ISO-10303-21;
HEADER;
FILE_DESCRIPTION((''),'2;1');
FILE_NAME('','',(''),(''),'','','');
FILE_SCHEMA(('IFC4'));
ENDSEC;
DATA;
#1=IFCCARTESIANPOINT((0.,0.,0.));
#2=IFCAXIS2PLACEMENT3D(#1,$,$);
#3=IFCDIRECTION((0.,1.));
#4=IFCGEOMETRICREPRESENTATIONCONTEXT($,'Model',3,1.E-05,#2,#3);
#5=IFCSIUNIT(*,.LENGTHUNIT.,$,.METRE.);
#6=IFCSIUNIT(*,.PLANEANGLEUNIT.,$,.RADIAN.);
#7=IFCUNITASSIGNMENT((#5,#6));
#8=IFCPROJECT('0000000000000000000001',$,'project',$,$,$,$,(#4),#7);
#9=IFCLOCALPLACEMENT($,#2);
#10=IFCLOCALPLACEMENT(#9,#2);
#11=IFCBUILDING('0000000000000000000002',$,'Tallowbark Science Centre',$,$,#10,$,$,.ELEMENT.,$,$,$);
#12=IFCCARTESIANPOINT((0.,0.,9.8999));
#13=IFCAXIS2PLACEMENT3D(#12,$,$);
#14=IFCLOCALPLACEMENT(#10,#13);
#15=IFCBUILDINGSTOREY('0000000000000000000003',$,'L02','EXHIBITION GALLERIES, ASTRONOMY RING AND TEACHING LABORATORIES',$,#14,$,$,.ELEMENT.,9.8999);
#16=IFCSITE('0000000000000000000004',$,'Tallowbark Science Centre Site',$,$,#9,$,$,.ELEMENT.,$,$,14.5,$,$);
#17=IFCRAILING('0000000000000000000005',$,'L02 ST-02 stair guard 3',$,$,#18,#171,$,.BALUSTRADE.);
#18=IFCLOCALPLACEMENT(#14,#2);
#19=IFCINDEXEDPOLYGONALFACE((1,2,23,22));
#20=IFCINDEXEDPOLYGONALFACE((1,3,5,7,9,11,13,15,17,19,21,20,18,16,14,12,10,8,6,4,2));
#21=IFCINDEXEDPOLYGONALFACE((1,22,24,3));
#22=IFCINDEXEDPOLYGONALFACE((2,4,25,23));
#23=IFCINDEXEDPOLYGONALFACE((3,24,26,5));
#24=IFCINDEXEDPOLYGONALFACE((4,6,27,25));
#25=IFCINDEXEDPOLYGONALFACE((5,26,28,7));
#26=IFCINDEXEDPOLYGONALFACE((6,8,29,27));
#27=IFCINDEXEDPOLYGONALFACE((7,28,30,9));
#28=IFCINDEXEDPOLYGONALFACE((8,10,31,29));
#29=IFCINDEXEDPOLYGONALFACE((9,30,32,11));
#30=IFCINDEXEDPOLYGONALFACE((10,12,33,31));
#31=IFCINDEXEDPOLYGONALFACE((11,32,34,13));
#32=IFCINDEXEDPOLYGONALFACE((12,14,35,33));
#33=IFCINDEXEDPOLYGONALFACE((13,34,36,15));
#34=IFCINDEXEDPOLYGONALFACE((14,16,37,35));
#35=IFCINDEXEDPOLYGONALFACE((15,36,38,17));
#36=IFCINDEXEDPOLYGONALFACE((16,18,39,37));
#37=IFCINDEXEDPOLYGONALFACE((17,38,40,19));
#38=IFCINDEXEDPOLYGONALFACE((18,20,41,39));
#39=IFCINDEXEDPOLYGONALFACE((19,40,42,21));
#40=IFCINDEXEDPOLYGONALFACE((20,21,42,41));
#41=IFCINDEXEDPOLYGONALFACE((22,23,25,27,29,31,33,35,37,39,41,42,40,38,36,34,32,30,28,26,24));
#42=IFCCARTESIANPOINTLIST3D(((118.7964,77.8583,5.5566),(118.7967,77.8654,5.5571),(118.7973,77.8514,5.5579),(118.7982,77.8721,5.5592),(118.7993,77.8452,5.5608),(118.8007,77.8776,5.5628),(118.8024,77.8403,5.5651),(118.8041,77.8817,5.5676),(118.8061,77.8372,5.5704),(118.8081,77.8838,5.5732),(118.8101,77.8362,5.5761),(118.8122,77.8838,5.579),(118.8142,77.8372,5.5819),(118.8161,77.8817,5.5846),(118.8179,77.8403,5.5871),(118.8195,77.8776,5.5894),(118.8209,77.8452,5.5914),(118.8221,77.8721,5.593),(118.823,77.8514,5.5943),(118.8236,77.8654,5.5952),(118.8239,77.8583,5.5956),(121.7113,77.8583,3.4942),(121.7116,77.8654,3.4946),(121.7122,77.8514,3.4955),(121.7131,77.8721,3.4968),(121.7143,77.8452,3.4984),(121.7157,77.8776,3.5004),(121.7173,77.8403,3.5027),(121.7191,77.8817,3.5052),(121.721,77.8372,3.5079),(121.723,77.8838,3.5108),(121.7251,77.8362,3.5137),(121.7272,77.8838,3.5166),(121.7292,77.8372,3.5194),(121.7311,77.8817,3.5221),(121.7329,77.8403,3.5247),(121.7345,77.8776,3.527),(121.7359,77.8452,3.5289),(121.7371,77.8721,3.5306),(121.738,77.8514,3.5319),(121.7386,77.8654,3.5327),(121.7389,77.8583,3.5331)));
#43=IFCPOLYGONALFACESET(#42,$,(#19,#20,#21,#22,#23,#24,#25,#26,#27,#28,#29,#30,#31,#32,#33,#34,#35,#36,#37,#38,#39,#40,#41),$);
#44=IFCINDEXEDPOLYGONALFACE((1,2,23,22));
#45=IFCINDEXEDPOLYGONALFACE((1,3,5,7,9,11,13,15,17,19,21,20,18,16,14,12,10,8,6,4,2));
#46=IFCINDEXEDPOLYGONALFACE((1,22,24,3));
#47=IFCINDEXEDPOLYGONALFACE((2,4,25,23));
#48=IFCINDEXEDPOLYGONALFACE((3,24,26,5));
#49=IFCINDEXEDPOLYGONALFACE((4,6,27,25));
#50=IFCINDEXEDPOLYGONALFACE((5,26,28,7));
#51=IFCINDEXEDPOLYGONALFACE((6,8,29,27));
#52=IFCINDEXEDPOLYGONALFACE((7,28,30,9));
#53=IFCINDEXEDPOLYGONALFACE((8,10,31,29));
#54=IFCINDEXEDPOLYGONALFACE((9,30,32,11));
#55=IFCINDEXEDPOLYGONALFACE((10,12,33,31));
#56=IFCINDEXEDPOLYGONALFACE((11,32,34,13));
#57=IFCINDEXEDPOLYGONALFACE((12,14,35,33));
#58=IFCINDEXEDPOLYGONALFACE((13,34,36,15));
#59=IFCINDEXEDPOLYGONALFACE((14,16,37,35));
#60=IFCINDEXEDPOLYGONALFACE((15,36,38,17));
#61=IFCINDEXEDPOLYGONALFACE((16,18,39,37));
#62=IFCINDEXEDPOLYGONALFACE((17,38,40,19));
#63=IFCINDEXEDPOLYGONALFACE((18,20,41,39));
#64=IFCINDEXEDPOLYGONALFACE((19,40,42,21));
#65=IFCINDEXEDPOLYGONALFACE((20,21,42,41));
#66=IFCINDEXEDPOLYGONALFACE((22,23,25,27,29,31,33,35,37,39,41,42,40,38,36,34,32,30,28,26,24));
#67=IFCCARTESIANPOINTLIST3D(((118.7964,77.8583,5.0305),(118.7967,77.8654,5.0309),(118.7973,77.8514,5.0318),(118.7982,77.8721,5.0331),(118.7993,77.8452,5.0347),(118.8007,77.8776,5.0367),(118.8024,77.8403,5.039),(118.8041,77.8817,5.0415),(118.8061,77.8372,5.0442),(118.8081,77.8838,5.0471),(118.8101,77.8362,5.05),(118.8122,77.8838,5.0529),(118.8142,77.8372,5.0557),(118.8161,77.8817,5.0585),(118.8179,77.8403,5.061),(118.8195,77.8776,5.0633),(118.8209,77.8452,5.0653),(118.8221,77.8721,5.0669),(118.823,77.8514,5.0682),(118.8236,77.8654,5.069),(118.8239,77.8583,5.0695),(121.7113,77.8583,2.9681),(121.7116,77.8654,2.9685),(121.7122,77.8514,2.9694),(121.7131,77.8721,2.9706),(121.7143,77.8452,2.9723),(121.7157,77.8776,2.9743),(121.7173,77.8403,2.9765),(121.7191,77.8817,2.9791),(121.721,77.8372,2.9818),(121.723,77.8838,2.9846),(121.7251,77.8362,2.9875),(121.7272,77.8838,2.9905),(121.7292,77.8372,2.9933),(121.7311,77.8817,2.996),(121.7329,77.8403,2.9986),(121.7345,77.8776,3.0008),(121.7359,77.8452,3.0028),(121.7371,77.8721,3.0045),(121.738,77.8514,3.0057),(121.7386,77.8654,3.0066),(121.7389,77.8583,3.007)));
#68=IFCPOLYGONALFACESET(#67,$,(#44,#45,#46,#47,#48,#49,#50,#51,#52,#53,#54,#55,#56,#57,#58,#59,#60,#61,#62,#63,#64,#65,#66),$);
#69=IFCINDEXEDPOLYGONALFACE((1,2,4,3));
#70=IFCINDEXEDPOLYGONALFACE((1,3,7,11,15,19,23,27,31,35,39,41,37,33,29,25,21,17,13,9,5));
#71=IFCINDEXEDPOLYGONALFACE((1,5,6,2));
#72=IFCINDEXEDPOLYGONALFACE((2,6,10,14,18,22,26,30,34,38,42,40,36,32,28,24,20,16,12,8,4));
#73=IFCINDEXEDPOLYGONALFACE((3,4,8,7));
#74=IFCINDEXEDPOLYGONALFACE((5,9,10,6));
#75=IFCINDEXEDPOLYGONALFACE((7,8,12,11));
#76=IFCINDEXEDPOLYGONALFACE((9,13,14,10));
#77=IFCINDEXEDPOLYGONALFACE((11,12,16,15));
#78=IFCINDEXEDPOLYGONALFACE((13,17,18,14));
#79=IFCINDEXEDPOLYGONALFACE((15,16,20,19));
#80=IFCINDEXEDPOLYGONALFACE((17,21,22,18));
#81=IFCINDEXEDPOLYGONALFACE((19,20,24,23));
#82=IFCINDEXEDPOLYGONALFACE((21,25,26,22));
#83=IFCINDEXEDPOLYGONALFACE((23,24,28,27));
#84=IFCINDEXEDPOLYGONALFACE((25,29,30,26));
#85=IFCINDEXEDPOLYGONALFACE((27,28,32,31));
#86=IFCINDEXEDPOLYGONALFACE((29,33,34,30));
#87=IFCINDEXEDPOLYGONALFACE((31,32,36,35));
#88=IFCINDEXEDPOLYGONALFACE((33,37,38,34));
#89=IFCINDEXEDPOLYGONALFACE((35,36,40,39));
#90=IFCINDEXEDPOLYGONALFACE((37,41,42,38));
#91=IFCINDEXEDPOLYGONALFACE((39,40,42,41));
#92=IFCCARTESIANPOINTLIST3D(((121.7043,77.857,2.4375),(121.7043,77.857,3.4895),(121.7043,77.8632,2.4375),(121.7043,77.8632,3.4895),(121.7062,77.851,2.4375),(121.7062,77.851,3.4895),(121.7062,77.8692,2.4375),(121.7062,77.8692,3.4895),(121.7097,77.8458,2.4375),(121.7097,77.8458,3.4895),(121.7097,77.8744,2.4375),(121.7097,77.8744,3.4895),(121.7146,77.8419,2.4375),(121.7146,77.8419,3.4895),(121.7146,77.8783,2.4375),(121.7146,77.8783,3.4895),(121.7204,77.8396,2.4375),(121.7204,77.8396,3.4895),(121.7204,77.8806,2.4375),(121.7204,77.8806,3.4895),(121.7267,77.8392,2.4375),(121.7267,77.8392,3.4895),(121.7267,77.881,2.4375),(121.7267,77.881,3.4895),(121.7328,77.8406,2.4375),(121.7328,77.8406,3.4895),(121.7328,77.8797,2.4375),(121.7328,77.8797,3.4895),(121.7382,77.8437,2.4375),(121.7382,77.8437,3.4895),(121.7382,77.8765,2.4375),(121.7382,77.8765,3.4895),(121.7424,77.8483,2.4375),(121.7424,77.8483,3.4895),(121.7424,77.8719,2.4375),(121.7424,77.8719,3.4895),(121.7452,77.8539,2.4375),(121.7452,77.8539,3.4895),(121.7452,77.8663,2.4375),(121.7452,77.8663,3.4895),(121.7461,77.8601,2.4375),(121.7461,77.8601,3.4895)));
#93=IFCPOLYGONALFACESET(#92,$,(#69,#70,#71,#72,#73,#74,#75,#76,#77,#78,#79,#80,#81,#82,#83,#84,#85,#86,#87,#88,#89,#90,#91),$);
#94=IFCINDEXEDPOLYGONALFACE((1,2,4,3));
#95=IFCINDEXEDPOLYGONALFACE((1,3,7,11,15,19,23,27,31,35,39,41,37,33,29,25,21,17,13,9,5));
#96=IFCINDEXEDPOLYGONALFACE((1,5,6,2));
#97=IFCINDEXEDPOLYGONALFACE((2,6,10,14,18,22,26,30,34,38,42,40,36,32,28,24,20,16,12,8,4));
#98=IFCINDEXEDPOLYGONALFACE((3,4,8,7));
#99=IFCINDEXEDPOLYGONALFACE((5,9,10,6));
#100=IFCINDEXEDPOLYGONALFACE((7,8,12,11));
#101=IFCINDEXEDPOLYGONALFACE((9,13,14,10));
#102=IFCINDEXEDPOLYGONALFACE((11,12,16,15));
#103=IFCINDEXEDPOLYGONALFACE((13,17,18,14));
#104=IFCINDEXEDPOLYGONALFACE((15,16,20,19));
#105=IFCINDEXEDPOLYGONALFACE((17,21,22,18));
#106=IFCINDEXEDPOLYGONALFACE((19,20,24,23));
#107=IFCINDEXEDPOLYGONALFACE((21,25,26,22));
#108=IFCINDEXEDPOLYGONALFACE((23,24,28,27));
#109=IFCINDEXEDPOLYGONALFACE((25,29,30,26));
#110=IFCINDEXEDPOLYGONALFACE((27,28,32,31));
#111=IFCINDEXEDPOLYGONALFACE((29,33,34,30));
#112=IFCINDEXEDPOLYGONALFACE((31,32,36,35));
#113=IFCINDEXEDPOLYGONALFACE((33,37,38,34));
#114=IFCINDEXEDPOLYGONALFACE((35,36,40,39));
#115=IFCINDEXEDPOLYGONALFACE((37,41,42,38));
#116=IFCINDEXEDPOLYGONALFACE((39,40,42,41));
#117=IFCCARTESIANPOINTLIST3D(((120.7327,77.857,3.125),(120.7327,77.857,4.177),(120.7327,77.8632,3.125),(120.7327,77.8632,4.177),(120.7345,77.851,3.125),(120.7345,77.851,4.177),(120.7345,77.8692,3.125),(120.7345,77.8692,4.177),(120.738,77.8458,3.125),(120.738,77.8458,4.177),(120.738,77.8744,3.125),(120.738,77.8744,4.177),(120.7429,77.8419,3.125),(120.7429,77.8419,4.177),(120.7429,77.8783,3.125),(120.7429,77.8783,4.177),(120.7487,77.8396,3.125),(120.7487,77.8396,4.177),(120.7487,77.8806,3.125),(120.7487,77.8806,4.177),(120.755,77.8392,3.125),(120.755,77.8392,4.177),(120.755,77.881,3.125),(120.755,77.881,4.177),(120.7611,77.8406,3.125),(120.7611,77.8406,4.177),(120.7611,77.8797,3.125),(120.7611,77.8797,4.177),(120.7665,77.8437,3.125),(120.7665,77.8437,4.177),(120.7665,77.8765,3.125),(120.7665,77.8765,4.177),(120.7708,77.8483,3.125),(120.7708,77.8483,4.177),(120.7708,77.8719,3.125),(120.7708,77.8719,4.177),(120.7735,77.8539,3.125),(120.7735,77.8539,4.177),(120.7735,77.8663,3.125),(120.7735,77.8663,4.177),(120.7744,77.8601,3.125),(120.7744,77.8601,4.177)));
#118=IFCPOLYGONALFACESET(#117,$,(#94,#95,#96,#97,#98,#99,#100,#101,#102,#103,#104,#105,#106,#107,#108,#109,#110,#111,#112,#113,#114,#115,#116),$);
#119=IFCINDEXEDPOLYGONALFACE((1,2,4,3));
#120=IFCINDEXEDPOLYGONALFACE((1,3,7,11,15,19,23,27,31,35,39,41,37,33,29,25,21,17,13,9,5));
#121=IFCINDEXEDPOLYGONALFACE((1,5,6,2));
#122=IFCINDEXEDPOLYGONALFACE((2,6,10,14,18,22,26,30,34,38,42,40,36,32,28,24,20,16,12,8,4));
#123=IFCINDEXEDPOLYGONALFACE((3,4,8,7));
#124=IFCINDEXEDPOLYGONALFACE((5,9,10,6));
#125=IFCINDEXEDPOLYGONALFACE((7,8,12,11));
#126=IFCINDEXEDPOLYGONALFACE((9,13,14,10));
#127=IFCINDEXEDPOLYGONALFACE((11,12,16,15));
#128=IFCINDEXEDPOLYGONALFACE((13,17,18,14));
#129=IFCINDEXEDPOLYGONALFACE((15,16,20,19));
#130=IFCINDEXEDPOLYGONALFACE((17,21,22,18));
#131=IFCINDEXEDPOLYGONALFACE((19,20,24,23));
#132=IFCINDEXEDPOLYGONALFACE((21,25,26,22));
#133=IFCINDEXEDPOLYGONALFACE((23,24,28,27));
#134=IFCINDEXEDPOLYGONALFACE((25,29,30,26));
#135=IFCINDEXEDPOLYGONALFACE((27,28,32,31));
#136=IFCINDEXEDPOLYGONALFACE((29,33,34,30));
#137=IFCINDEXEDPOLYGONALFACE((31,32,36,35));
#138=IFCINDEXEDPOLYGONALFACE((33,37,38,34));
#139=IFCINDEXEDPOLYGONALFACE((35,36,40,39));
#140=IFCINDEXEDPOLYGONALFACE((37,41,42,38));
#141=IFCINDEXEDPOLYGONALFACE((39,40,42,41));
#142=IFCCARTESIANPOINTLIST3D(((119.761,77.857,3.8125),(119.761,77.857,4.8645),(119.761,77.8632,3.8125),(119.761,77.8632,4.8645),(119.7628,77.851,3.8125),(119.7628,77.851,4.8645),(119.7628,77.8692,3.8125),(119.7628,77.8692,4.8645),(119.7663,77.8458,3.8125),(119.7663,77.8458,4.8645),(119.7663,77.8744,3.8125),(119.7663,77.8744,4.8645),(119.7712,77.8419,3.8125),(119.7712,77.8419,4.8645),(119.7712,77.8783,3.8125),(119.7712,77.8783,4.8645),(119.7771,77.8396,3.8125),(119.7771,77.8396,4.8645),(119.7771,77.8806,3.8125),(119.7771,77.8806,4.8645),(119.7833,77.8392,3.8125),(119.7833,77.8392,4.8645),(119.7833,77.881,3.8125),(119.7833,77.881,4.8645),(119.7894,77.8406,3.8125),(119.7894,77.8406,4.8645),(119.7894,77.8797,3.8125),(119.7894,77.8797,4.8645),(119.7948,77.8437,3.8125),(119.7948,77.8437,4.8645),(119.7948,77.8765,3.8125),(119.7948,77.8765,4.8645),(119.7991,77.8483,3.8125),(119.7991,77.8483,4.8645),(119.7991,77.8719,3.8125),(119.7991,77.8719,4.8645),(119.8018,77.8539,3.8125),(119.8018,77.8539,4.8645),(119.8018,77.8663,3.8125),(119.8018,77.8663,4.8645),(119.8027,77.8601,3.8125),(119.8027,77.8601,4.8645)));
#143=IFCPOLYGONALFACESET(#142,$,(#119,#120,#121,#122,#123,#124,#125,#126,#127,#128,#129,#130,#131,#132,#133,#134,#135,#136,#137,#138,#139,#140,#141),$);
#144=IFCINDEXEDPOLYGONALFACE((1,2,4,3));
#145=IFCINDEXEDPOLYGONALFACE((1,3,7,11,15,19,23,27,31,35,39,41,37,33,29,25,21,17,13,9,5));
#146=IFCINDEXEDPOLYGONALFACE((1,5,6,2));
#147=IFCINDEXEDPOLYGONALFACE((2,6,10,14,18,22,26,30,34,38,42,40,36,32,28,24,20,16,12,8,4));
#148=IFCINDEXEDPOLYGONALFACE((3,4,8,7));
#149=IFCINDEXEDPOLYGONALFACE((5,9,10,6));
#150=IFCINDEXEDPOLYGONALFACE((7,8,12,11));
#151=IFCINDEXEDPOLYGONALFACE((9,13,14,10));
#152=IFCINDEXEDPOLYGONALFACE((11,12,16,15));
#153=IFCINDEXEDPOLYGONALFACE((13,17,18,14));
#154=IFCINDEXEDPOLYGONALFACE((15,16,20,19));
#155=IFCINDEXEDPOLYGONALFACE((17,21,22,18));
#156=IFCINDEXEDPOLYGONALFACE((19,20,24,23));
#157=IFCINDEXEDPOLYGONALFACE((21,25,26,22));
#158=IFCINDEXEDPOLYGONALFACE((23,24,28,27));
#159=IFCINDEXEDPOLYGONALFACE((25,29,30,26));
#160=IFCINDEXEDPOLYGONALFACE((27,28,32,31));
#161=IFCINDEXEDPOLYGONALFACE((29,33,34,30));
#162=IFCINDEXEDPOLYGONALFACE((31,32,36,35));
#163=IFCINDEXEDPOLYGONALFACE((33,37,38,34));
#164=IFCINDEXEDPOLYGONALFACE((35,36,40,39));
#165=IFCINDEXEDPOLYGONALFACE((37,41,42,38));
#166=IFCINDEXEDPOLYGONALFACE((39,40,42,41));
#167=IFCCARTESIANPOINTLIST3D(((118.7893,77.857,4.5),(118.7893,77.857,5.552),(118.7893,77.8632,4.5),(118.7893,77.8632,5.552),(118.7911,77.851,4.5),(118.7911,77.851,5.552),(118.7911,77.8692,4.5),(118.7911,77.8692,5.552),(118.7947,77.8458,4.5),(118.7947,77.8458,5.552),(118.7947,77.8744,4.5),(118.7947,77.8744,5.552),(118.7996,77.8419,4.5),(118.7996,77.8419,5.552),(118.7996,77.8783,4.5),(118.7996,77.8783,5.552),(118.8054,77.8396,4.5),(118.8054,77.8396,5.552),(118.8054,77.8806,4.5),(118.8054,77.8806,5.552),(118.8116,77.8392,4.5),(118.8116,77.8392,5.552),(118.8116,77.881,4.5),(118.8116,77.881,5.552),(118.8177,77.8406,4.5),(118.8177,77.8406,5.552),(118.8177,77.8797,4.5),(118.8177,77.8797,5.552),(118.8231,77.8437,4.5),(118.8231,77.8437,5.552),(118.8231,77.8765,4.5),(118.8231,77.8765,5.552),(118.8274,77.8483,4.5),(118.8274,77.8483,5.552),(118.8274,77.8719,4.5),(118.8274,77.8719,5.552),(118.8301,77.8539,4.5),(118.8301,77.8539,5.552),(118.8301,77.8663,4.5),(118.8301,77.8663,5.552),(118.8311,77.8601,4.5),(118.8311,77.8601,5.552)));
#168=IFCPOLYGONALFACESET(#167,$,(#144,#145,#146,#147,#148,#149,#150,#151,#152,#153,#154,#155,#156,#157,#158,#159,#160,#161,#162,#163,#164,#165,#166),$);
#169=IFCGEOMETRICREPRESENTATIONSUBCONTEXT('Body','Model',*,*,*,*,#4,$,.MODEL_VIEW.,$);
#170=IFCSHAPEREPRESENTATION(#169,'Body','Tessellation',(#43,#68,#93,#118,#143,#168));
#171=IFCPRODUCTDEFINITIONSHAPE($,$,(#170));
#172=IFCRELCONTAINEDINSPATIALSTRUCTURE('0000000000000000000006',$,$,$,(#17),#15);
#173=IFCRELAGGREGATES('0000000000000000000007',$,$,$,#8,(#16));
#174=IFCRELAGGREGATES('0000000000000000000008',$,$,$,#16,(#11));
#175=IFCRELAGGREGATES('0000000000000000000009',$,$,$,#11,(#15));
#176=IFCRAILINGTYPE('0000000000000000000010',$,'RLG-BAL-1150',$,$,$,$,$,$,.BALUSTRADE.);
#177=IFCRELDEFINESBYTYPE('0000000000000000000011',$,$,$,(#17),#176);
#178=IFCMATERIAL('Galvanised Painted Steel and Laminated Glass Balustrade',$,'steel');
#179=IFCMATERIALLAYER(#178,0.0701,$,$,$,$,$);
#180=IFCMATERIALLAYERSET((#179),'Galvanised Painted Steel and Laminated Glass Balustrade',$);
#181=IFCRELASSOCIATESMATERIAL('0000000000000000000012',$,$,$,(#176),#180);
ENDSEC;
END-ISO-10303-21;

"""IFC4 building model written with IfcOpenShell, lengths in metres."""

from ifc_helpers import new_model, si_unit, direction, frame, origin, origin_2d, place, context, subcontext, project, spatial, circle, extrude, material, layer, layer_set, type_object, element, save


model = new_model("IFC4")

# Units and contexts
model_context = context("Model", 3, precision=1e-05, world=origin(), true_north=direction((0.0, 1.0)))
body_context = subcontext(model_context, "Body", "Model", "MODEL_VIEW")
ifc_project = project(units=[si_unit("LENGTHUNIT", "METRE"), si_unit("PLANEANGLEUNIT", "RADIAN")], contexts=[model_context])

# Site, building, storey
site_placement = place(None, origin())
site = spatial("IfcSite", under=ifc_project, at=site_placement, Name="Tallowbark Science Centre Site", CompositionType="ELEMENT", RefElevation=14.5)
building_placement = place(site_placement, origin())
building = spatial("IfcBuilding", under=site, at=building_placement, Name="Tallowbark Science Centre", CompositionType="ELEMENT")
storey_placement = place(building_placement, frame((0.0, 0.0, 9.8999)))
storey = spatial("IfcBuildingStorey", under=building, at=storey_placement, Name="L02", Description="EXHIBITION GALLERIES, ASTRONOMY RING AND TEACHING LABORATORIES", CompositionType="ELEMENT", Elevation=9.8999)

# Railing
ifc_material_1 = material(Name="Galvanised Painted Steel and Laminated Glass Balustrade", Category="steel")
ifc_layer_1 = layer(ifc_material_1, 0.0701)
ifc_layer_set_1 = layer_set([ifc_layer_1], Name="Galvanised Painted Steel and Laminated Glass Balustrade")
railing_type_1 = type_object("IfcRailingType", Name="RLG-BAL-1150", PredefinedType="BALUSTRADE", material=ifc_layer_set_1)
railing_1_placement = place(storey_placement, frame((121.7251, 77.8601, 2.4375)))
element("IfcRailing", 1, at=railing_1_placement, inside=storey, type_object=railing_type_1, Name="L02 ST-02 stair guard 3", PredefinedType="BALUSTRADE", context=body_context, shape_type="SweptSolid", body=[
    extrude(circle(Radius=0.0239, at=origin_2d()), frame((0.0, 0.0, 1.0762), z_axis=(-0.816331, 0.0, 0.577585), x_axis=(0.0, -1.0, 0.0)), (0.0, 0.0, 1.0), 3.5708),
    extrude(circle(Radius=0.0239, at=origin_2d()), frame((0.0, 0.0, 0.55), z_axis=(-0.816331, 0.0, 0.577585), x_axis=(0.0, -1.0, 0.0)), (0.0, 0.0, 1.0), 3.5708),
    extrude(circle(Radius=0.021, at=origin_2d()), origin(), (0.0, 0.0, 1.0), 1.052),
    extrude(circle(Radius=0.021, at=origin_2d()), frame((-0.9717, 0.0, 0.6875)), (0.0, 0.0, 1.0), 1.052),
    extrude(circle(Radius=0.021, at=origin_2d()), frame((-1.9434, 0.0, 1.375)), (0.0, 0.0, 1.0), 1.052),
    extrude(circle(Radius=0.021, at=origin_2d()), frame((-2.915, 0.0, 2.0625)), (0.0, 0.0, 1.0), 1.052),
])

save(model, "model.ifc")
